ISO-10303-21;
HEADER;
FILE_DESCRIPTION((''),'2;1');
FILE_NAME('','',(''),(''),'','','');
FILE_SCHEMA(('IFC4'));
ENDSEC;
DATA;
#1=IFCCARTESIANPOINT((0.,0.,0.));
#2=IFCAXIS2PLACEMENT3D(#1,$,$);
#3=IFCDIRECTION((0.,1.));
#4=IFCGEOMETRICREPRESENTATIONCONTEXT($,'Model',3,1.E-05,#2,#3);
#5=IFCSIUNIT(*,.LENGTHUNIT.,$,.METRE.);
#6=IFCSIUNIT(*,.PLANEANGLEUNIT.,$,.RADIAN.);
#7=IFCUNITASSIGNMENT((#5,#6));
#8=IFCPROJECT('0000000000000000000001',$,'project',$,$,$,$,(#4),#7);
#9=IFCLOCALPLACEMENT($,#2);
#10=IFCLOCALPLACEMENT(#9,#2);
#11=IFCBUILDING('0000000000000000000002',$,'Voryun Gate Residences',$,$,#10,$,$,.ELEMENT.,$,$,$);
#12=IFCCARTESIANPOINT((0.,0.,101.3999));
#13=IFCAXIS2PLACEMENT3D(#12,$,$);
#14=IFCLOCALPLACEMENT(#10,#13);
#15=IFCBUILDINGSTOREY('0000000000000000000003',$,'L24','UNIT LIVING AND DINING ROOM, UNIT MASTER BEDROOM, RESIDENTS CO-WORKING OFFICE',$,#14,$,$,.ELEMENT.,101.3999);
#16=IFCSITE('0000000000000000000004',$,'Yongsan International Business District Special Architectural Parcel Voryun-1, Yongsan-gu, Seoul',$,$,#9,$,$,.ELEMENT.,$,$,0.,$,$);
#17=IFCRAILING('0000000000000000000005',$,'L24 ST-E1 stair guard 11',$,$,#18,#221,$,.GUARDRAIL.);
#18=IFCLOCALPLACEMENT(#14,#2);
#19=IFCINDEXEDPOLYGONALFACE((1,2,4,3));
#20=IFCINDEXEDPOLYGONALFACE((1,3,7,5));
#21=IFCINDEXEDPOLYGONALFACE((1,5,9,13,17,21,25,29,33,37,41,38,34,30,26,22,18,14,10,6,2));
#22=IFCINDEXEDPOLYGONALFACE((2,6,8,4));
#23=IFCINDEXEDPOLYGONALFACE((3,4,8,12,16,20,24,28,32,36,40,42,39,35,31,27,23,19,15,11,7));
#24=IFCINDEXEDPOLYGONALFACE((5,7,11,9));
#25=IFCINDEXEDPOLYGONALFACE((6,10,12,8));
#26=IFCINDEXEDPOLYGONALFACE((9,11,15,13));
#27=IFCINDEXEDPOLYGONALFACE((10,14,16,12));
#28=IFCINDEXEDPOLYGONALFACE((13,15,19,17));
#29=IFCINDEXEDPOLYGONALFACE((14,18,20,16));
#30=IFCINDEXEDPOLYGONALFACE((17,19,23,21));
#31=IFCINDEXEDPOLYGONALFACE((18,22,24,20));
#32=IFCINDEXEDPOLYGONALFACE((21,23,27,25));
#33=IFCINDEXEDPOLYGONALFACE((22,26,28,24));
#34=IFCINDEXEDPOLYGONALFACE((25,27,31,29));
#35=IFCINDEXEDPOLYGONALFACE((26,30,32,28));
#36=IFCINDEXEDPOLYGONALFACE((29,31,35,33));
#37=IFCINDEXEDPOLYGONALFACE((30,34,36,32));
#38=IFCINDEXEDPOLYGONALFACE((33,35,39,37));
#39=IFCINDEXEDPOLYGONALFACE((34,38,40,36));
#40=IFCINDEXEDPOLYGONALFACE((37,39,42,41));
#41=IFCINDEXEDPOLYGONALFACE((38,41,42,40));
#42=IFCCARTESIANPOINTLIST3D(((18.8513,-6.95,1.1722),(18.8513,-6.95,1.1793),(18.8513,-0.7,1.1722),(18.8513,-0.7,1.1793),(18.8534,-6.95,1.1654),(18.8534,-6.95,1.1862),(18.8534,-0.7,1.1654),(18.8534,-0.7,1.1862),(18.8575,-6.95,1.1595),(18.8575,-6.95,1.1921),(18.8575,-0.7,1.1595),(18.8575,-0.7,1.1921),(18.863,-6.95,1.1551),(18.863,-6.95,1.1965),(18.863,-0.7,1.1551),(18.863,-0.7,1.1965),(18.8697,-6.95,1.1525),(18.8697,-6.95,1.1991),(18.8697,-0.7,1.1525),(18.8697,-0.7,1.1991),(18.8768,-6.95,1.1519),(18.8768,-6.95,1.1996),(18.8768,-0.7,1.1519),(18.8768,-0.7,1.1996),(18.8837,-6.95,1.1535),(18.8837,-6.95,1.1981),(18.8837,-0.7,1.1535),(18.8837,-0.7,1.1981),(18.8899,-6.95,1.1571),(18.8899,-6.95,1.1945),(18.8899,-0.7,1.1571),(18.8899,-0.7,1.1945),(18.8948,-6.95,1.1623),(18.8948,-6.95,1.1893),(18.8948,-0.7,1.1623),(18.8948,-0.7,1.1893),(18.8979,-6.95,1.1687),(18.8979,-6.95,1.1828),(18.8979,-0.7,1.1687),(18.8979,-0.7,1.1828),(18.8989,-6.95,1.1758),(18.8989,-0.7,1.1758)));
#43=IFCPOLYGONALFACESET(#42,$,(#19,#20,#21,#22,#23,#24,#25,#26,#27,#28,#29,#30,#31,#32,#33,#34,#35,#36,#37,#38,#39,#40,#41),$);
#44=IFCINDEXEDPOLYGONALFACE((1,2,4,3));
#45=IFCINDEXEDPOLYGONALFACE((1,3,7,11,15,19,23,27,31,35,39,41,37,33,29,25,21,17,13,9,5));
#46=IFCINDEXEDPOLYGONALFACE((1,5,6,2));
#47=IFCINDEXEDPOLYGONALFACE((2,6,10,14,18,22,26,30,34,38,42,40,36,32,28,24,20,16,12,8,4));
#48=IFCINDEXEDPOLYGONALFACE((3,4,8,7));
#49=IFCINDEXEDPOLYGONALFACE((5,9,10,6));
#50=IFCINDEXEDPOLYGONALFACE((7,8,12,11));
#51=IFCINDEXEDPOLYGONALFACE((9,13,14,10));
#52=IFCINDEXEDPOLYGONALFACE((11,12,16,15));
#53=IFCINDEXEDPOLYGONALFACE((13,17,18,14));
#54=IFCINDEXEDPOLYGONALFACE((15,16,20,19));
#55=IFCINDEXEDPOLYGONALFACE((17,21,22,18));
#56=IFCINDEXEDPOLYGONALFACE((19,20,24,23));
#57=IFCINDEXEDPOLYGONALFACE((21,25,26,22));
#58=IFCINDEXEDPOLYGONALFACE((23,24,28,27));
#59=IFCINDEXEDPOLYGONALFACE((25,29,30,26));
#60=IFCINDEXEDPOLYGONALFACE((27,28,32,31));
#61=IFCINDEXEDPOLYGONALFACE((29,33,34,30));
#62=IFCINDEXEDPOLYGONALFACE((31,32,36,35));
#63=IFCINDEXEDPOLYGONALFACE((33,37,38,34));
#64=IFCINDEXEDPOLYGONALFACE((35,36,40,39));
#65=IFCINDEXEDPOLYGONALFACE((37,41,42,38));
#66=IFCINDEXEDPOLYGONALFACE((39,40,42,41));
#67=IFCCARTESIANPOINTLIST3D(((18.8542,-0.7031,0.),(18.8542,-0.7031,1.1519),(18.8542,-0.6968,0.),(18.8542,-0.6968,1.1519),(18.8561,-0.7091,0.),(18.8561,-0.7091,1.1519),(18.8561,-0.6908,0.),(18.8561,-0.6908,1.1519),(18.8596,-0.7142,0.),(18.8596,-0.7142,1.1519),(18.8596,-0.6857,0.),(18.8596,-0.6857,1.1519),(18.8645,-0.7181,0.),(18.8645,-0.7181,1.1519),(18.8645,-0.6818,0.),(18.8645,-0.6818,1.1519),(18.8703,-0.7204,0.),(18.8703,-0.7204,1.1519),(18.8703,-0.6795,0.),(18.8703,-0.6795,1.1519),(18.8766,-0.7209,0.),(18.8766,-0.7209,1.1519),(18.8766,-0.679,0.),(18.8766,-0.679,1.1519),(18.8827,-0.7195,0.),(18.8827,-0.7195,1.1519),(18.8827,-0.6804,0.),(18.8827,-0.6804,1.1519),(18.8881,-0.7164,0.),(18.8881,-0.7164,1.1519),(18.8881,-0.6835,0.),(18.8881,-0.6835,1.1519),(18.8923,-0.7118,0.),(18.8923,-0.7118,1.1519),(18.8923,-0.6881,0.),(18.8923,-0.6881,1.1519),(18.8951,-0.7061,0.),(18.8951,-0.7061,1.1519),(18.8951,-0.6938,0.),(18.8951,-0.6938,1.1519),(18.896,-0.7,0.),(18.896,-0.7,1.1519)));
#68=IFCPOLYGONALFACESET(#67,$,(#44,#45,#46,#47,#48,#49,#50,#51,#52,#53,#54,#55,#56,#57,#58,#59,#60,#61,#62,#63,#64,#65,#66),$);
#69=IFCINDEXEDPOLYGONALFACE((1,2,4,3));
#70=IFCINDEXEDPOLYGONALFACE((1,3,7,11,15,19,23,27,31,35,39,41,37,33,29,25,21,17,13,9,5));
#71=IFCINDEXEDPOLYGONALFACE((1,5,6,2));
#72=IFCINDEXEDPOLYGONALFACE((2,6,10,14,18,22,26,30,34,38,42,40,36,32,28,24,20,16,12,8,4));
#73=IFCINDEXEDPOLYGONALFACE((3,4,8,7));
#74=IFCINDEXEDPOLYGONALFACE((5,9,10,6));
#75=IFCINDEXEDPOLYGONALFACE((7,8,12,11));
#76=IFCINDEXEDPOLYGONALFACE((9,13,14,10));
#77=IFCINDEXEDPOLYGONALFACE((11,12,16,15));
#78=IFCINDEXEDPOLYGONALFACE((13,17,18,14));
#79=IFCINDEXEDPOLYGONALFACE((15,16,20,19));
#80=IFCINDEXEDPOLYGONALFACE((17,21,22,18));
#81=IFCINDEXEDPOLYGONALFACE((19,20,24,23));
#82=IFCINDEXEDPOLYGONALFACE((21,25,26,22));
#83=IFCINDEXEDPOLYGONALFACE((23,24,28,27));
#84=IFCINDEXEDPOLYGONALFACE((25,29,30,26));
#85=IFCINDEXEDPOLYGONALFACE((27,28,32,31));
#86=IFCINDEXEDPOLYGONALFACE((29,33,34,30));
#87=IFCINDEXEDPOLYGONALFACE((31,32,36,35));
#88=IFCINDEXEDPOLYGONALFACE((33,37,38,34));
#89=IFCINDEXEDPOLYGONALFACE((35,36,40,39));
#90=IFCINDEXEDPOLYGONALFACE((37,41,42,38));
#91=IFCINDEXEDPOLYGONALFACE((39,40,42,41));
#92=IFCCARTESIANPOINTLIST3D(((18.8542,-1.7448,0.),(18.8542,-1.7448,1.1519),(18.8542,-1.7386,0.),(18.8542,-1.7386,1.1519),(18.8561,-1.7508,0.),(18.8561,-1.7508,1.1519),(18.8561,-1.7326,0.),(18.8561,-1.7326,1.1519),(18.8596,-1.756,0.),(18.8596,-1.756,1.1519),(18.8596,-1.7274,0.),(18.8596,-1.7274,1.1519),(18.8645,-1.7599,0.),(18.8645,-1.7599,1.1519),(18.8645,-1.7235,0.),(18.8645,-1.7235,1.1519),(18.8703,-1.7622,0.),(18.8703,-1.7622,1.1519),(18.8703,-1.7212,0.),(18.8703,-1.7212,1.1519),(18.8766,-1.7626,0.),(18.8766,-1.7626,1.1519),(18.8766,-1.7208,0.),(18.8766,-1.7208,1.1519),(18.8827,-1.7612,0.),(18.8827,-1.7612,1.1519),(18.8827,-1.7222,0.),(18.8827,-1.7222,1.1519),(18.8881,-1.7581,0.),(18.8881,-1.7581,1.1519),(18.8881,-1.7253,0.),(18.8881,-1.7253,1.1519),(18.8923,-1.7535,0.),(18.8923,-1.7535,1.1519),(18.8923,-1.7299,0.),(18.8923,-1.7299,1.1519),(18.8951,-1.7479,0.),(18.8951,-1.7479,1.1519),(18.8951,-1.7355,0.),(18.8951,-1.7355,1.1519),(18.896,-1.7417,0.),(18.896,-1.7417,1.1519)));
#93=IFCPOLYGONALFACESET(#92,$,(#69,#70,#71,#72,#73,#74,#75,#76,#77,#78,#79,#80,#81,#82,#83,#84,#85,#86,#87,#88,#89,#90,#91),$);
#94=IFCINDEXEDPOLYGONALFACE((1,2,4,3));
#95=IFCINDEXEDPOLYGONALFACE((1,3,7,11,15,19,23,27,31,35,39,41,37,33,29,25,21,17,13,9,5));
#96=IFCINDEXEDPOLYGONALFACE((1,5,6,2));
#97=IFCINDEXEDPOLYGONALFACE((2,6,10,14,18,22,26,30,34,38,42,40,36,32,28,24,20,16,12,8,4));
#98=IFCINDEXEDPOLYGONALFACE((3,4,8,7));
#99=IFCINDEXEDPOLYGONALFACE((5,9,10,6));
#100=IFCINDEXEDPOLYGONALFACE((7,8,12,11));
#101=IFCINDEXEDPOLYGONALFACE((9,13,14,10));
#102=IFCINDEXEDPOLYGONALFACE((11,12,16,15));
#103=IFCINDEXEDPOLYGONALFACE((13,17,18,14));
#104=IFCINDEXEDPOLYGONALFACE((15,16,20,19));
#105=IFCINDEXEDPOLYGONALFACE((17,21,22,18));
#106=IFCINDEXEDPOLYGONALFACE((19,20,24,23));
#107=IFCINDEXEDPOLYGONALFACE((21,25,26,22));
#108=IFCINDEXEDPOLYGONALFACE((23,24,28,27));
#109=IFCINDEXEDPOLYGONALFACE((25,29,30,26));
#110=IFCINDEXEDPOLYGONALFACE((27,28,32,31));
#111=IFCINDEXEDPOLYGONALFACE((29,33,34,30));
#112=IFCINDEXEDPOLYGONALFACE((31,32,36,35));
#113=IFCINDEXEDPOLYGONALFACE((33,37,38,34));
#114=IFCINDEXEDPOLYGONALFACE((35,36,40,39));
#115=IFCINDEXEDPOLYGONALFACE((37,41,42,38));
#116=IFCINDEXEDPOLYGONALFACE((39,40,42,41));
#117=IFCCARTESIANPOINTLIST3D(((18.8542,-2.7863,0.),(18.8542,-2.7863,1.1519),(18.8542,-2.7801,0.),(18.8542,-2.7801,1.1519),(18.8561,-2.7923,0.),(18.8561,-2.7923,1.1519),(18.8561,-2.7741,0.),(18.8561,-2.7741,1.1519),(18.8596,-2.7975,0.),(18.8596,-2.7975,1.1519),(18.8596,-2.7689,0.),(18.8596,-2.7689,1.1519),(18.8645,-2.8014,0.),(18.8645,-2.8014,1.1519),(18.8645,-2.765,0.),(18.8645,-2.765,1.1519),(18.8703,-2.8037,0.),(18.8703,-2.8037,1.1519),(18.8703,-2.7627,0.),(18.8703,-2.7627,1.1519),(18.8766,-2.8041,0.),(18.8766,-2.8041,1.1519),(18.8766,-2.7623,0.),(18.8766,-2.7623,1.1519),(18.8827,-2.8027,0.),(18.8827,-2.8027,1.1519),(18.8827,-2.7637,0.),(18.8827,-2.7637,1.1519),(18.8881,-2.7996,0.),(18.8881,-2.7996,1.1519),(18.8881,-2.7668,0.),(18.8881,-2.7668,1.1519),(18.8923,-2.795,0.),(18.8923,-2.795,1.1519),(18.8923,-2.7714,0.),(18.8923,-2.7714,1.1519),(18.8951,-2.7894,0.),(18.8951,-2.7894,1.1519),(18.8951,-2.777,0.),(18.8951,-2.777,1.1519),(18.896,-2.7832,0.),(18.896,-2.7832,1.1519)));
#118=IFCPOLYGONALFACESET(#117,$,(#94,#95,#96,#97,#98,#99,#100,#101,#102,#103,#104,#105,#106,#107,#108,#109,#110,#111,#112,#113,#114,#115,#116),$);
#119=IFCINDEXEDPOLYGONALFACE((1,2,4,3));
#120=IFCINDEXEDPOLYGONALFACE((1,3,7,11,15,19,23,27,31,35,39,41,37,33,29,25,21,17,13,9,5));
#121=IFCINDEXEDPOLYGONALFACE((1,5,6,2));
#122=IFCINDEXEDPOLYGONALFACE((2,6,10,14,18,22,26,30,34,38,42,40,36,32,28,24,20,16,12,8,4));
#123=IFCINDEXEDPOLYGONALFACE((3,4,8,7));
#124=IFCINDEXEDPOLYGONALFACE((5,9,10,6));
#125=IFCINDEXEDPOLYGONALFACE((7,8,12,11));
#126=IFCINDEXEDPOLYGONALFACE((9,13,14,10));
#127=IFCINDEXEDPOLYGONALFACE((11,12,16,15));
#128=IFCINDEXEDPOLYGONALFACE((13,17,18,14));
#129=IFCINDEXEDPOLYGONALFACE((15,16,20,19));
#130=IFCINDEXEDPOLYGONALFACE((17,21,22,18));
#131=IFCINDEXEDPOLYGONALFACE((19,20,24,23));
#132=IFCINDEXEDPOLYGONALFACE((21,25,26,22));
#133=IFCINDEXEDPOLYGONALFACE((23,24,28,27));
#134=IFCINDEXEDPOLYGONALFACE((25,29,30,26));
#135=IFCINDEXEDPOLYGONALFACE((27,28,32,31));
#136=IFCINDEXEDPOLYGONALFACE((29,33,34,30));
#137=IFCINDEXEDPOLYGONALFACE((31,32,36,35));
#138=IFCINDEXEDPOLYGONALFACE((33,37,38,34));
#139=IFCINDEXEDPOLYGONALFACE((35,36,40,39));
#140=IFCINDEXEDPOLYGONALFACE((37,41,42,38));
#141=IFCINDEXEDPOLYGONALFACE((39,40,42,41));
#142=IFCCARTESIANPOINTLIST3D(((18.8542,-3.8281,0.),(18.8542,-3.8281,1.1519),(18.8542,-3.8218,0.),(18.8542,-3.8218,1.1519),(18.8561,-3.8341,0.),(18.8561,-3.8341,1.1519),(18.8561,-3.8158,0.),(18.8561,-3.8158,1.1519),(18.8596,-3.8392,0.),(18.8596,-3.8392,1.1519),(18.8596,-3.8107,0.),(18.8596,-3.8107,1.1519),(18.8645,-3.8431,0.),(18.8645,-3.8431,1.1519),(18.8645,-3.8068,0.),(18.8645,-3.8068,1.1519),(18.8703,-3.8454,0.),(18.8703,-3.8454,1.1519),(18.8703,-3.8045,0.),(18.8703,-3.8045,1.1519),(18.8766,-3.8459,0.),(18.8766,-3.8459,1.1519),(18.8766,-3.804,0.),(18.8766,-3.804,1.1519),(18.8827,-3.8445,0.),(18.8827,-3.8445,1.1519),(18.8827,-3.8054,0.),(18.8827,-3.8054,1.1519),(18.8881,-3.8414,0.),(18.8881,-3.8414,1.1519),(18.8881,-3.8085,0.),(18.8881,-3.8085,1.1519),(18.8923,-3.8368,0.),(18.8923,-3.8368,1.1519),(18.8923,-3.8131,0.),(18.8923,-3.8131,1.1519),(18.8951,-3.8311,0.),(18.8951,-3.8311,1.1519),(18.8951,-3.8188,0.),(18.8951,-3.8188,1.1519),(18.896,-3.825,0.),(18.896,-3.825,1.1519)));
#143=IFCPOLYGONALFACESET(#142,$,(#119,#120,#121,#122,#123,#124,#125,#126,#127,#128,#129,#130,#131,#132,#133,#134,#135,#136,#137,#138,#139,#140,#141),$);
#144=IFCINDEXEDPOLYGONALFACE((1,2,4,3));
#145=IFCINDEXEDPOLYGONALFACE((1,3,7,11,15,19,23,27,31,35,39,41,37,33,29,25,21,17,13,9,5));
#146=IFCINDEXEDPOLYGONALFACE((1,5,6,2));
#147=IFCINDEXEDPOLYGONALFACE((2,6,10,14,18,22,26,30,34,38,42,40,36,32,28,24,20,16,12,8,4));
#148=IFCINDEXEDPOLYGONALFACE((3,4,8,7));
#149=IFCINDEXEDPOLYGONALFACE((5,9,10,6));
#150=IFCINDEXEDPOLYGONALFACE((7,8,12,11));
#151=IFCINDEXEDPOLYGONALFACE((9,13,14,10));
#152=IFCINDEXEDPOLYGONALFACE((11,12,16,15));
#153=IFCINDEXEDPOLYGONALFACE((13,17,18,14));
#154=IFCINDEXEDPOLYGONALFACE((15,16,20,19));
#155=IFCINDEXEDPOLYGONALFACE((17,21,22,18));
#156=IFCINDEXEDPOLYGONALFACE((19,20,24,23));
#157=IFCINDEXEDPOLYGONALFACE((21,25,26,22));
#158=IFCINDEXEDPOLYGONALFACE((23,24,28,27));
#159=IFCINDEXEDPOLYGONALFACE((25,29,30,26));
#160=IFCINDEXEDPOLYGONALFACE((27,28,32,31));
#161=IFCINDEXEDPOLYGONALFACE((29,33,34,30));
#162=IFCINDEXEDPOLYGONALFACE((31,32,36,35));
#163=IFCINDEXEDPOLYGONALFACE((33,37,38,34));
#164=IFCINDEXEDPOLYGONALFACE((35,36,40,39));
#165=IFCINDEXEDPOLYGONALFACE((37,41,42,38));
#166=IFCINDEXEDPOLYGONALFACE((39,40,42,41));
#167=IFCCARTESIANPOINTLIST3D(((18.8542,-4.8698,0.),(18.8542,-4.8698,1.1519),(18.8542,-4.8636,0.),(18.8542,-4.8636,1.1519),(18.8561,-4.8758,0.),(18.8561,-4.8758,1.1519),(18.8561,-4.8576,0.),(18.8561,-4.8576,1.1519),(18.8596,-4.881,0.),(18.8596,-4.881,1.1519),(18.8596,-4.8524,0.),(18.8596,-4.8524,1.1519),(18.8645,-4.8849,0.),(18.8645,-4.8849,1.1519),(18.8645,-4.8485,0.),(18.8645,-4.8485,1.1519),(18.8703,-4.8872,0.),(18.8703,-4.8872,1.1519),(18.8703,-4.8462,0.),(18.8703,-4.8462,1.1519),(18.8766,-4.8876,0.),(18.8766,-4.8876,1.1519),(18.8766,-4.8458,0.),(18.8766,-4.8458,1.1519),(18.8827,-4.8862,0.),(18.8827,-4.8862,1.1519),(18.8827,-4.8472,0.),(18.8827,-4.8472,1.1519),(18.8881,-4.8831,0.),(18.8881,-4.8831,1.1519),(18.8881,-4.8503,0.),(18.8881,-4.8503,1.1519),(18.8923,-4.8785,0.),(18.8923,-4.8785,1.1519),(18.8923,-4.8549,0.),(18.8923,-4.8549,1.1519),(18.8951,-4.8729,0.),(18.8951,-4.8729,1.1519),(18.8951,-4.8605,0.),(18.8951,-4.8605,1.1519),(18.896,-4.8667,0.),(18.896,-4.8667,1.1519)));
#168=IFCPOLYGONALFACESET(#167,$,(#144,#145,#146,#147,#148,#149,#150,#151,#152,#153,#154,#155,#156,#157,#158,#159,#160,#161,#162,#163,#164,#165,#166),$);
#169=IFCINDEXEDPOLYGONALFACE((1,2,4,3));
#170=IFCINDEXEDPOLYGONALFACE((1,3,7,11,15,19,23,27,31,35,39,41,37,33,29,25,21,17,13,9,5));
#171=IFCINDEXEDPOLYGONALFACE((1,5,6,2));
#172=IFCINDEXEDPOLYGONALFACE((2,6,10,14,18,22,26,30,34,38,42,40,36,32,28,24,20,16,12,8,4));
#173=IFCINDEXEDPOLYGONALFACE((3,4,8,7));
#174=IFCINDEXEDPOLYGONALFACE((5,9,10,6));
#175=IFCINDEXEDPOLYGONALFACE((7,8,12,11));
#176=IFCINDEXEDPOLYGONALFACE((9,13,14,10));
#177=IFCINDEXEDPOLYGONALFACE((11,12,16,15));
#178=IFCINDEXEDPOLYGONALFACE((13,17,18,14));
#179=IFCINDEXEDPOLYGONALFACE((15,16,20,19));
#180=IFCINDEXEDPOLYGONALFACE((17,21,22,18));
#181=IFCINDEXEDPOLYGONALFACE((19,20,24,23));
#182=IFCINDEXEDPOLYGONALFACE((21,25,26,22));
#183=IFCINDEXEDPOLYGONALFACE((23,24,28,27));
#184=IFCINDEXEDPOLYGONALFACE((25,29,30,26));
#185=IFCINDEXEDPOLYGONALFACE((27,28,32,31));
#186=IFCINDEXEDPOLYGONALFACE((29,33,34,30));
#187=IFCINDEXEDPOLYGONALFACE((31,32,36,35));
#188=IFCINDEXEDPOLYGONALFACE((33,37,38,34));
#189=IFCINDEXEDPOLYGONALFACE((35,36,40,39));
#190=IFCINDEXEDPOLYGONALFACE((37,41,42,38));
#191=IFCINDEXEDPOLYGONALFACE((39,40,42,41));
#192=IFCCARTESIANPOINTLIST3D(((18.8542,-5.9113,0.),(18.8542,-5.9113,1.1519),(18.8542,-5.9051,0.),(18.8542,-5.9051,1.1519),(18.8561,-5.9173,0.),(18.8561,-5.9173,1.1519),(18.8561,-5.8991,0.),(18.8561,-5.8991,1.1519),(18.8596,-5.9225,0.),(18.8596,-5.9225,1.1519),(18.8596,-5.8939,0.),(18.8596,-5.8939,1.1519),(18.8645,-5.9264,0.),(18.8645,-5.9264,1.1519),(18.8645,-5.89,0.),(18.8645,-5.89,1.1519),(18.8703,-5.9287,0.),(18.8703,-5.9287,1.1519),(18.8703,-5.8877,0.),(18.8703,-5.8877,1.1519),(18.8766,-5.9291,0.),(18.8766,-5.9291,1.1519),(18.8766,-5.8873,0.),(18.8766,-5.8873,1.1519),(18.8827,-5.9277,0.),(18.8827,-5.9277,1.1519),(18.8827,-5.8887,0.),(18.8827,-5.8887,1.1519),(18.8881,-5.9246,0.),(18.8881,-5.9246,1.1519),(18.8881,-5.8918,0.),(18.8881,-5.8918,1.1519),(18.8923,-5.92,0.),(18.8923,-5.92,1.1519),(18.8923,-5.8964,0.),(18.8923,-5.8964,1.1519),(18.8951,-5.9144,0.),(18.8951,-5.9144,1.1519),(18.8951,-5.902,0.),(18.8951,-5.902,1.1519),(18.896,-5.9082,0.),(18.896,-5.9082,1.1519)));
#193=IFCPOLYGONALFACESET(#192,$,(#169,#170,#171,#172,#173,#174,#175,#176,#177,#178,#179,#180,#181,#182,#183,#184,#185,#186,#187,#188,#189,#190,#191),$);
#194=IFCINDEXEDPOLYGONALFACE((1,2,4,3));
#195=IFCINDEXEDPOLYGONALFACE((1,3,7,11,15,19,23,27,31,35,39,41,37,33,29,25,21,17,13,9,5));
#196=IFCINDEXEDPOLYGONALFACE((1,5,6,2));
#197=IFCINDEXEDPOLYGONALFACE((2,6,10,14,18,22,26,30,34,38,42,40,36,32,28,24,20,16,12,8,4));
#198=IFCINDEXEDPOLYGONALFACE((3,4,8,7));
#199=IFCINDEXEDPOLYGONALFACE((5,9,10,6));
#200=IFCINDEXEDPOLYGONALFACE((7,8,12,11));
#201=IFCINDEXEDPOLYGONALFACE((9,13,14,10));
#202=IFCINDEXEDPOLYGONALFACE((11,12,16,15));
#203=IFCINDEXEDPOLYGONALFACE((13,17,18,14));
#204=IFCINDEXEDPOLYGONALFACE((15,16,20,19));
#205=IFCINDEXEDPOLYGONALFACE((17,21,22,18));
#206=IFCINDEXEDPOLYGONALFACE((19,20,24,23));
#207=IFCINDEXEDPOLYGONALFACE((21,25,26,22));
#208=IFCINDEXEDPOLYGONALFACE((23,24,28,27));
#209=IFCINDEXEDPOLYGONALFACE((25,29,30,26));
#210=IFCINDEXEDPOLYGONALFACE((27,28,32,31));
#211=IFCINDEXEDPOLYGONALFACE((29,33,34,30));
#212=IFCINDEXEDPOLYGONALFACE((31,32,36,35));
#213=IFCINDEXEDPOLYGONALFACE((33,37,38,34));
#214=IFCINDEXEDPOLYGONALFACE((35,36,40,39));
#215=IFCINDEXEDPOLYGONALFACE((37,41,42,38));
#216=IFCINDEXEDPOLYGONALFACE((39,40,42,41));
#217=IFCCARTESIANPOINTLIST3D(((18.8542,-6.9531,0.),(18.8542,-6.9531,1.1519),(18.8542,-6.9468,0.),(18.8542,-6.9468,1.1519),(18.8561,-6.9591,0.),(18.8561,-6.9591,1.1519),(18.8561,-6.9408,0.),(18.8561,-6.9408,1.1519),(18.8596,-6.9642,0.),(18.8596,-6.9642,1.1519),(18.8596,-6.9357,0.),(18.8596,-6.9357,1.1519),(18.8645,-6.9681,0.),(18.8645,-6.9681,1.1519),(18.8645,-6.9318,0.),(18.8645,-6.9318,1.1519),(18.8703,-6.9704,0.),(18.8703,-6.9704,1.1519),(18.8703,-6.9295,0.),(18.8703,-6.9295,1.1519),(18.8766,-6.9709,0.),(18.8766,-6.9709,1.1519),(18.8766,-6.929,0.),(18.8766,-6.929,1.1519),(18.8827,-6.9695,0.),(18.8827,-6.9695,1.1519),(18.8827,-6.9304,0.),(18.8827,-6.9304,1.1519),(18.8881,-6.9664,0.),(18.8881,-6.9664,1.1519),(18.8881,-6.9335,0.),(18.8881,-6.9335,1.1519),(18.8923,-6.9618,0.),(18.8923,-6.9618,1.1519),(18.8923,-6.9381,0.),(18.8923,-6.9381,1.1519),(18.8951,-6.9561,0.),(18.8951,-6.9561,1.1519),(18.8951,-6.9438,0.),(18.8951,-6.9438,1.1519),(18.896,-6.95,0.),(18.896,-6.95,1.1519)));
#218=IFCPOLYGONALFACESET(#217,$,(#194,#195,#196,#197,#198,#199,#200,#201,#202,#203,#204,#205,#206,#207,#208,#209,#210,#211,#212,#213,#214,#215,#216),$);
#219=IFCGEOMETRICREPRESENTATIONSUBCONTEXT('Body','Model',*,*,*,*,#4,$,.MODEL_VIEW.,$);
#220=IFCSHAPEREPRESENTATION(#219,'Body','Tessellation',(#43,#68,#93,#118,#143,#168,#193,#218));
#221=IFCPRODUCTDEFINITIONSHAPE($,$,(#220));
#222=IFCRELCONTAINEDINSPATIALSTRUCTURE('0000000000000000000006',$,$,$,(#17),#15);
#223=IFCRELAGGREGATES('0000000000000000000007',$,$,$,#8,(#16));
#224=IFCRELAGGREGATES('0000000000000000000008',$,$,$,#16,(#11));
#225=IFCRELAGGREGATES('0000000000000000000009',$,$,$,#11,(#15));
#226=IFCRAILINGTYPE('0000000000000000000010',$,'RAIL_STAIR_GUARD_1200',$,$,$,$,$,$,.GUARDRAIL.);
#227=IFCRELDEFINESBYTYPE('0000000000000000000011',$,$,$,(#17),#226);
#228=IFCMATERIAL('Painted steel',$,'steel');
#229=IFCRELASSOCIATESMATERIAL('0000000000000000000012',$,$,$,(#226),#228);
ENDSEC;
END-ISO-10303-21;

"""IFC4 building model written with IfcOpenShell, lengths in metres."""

from ifc_helpers import new_model, si_unit, direction, frame, origin, origin_2d, place, context, subcontext, project, spatial, circle, extrude, material, type_object, element, save


model = new_model("IFC4")

# Units and contexts
model_context = context("Model", 3, precision=1e-05, world=origin(), true_north=direction((0.0, 1.0)))
body_context = subcontext(model_context, "Body", "Model", "MODEL_VIEW")
ifc_project = project(units=[si_unit("LENGTHUNIT", "METRE"), si_unit("PLANEANGLEUNIT", "RADIAN")], contexts=[model_context])

# Site, building, storey
site_placement = place(None, origin())
site = spatial("IfcSite", under=ifc_project, at=site_placement, Name="Yongsan International Business District Special Architectural Parcel Voryun-1, Yongsan-gu, Seoul", CompositionType="ELEMENT", RefElevation=0.0)
building_placement = place(site_placement, origin())
building = spatial("IfcBuilding", under=site, at=building_placement, Name="Voryun Gate Residences", CompositionType="ELEMENT")
storey_placement = place(building_placement, frame((0.0, 0.0, 101.3999)))
storey = spatial("IfcBuildingStorey", under=building, at=storey_placement, Name="L24", Description="UNIT LIVING AND DINING ROOM, UNIT MASTER BEDROOM, RESIDENTS CO-WORKING OFFICE", CompositionType="ELEMENT", Elevation=101.3999)

# Railing
ifc_material_1 = material(Name="Painted steel", Category="steel")
railing_type = type_object("IfcRailingType", Name="RAIL_STAIR_GUARD_1200", PredefinedType="GUARDRAIL", material=ifc_material_1)
railing_1_placement = place(storey_placement, frame((18.875, -0.7, 0.0)))
element("IfcRailing", 1, at=railing_1_placement, inside=storey, type_object=railing_type, Name="L24 ST-E1 stair guard 11", PredefinedType="GUARDRAIL", context=body_context, shape_type="SweptSolid", body=[
    extrude(circle(Radius=0.0239, at=origin_2d()), frame((0.0, 0.0, 1.1758), z_axis=(0.0, -1.0, 0.0), x_axis=(1.0, 0.0, 0.0)), (0.0, 0.0, 1.0), 6.25),
    extrude(circle(Radius=0.021, at=origin_2d()), origin(), (0.0, 0.0, 1.0), 1.1519),
    extrude(circle(Radius=0.021, at=origin_2d()), frame((0.0, -1.0417, 0.0)), (0.0, 0.0, 1.0), 1.1519),
    extrude(circle(Radius=0.021, at=origin_2d()), frame((0.0, -2.0833, 0.0)), (0.0, 0.0, 1.0), 1.1519),
    extrude(circle(Radius=0.021, at=origin_2d()), frame((0.0, -3.125, 0.0)), (0.0, 0.0, 1.0), 1.1519),
    extrude(circle(Radius=0.021, at=origin_2d()), frame((0.0, -4.1667, 0.0)), (0.0, 0.0, 1.0), 1.1519),
    extrude(circle(Radius=0.021, at=origin_2d()), frame((0.0, -5.2083, 0.0)), (0.0, 0.0, 1.0), 1.1519),
    extrude(circle(Radius=0.021, at=origin_2d()), frame((0.0, -6.25, 0.0)), (0.0, 0.0, 1.0), 1.1519),
])

save(model, "model.ifc")
